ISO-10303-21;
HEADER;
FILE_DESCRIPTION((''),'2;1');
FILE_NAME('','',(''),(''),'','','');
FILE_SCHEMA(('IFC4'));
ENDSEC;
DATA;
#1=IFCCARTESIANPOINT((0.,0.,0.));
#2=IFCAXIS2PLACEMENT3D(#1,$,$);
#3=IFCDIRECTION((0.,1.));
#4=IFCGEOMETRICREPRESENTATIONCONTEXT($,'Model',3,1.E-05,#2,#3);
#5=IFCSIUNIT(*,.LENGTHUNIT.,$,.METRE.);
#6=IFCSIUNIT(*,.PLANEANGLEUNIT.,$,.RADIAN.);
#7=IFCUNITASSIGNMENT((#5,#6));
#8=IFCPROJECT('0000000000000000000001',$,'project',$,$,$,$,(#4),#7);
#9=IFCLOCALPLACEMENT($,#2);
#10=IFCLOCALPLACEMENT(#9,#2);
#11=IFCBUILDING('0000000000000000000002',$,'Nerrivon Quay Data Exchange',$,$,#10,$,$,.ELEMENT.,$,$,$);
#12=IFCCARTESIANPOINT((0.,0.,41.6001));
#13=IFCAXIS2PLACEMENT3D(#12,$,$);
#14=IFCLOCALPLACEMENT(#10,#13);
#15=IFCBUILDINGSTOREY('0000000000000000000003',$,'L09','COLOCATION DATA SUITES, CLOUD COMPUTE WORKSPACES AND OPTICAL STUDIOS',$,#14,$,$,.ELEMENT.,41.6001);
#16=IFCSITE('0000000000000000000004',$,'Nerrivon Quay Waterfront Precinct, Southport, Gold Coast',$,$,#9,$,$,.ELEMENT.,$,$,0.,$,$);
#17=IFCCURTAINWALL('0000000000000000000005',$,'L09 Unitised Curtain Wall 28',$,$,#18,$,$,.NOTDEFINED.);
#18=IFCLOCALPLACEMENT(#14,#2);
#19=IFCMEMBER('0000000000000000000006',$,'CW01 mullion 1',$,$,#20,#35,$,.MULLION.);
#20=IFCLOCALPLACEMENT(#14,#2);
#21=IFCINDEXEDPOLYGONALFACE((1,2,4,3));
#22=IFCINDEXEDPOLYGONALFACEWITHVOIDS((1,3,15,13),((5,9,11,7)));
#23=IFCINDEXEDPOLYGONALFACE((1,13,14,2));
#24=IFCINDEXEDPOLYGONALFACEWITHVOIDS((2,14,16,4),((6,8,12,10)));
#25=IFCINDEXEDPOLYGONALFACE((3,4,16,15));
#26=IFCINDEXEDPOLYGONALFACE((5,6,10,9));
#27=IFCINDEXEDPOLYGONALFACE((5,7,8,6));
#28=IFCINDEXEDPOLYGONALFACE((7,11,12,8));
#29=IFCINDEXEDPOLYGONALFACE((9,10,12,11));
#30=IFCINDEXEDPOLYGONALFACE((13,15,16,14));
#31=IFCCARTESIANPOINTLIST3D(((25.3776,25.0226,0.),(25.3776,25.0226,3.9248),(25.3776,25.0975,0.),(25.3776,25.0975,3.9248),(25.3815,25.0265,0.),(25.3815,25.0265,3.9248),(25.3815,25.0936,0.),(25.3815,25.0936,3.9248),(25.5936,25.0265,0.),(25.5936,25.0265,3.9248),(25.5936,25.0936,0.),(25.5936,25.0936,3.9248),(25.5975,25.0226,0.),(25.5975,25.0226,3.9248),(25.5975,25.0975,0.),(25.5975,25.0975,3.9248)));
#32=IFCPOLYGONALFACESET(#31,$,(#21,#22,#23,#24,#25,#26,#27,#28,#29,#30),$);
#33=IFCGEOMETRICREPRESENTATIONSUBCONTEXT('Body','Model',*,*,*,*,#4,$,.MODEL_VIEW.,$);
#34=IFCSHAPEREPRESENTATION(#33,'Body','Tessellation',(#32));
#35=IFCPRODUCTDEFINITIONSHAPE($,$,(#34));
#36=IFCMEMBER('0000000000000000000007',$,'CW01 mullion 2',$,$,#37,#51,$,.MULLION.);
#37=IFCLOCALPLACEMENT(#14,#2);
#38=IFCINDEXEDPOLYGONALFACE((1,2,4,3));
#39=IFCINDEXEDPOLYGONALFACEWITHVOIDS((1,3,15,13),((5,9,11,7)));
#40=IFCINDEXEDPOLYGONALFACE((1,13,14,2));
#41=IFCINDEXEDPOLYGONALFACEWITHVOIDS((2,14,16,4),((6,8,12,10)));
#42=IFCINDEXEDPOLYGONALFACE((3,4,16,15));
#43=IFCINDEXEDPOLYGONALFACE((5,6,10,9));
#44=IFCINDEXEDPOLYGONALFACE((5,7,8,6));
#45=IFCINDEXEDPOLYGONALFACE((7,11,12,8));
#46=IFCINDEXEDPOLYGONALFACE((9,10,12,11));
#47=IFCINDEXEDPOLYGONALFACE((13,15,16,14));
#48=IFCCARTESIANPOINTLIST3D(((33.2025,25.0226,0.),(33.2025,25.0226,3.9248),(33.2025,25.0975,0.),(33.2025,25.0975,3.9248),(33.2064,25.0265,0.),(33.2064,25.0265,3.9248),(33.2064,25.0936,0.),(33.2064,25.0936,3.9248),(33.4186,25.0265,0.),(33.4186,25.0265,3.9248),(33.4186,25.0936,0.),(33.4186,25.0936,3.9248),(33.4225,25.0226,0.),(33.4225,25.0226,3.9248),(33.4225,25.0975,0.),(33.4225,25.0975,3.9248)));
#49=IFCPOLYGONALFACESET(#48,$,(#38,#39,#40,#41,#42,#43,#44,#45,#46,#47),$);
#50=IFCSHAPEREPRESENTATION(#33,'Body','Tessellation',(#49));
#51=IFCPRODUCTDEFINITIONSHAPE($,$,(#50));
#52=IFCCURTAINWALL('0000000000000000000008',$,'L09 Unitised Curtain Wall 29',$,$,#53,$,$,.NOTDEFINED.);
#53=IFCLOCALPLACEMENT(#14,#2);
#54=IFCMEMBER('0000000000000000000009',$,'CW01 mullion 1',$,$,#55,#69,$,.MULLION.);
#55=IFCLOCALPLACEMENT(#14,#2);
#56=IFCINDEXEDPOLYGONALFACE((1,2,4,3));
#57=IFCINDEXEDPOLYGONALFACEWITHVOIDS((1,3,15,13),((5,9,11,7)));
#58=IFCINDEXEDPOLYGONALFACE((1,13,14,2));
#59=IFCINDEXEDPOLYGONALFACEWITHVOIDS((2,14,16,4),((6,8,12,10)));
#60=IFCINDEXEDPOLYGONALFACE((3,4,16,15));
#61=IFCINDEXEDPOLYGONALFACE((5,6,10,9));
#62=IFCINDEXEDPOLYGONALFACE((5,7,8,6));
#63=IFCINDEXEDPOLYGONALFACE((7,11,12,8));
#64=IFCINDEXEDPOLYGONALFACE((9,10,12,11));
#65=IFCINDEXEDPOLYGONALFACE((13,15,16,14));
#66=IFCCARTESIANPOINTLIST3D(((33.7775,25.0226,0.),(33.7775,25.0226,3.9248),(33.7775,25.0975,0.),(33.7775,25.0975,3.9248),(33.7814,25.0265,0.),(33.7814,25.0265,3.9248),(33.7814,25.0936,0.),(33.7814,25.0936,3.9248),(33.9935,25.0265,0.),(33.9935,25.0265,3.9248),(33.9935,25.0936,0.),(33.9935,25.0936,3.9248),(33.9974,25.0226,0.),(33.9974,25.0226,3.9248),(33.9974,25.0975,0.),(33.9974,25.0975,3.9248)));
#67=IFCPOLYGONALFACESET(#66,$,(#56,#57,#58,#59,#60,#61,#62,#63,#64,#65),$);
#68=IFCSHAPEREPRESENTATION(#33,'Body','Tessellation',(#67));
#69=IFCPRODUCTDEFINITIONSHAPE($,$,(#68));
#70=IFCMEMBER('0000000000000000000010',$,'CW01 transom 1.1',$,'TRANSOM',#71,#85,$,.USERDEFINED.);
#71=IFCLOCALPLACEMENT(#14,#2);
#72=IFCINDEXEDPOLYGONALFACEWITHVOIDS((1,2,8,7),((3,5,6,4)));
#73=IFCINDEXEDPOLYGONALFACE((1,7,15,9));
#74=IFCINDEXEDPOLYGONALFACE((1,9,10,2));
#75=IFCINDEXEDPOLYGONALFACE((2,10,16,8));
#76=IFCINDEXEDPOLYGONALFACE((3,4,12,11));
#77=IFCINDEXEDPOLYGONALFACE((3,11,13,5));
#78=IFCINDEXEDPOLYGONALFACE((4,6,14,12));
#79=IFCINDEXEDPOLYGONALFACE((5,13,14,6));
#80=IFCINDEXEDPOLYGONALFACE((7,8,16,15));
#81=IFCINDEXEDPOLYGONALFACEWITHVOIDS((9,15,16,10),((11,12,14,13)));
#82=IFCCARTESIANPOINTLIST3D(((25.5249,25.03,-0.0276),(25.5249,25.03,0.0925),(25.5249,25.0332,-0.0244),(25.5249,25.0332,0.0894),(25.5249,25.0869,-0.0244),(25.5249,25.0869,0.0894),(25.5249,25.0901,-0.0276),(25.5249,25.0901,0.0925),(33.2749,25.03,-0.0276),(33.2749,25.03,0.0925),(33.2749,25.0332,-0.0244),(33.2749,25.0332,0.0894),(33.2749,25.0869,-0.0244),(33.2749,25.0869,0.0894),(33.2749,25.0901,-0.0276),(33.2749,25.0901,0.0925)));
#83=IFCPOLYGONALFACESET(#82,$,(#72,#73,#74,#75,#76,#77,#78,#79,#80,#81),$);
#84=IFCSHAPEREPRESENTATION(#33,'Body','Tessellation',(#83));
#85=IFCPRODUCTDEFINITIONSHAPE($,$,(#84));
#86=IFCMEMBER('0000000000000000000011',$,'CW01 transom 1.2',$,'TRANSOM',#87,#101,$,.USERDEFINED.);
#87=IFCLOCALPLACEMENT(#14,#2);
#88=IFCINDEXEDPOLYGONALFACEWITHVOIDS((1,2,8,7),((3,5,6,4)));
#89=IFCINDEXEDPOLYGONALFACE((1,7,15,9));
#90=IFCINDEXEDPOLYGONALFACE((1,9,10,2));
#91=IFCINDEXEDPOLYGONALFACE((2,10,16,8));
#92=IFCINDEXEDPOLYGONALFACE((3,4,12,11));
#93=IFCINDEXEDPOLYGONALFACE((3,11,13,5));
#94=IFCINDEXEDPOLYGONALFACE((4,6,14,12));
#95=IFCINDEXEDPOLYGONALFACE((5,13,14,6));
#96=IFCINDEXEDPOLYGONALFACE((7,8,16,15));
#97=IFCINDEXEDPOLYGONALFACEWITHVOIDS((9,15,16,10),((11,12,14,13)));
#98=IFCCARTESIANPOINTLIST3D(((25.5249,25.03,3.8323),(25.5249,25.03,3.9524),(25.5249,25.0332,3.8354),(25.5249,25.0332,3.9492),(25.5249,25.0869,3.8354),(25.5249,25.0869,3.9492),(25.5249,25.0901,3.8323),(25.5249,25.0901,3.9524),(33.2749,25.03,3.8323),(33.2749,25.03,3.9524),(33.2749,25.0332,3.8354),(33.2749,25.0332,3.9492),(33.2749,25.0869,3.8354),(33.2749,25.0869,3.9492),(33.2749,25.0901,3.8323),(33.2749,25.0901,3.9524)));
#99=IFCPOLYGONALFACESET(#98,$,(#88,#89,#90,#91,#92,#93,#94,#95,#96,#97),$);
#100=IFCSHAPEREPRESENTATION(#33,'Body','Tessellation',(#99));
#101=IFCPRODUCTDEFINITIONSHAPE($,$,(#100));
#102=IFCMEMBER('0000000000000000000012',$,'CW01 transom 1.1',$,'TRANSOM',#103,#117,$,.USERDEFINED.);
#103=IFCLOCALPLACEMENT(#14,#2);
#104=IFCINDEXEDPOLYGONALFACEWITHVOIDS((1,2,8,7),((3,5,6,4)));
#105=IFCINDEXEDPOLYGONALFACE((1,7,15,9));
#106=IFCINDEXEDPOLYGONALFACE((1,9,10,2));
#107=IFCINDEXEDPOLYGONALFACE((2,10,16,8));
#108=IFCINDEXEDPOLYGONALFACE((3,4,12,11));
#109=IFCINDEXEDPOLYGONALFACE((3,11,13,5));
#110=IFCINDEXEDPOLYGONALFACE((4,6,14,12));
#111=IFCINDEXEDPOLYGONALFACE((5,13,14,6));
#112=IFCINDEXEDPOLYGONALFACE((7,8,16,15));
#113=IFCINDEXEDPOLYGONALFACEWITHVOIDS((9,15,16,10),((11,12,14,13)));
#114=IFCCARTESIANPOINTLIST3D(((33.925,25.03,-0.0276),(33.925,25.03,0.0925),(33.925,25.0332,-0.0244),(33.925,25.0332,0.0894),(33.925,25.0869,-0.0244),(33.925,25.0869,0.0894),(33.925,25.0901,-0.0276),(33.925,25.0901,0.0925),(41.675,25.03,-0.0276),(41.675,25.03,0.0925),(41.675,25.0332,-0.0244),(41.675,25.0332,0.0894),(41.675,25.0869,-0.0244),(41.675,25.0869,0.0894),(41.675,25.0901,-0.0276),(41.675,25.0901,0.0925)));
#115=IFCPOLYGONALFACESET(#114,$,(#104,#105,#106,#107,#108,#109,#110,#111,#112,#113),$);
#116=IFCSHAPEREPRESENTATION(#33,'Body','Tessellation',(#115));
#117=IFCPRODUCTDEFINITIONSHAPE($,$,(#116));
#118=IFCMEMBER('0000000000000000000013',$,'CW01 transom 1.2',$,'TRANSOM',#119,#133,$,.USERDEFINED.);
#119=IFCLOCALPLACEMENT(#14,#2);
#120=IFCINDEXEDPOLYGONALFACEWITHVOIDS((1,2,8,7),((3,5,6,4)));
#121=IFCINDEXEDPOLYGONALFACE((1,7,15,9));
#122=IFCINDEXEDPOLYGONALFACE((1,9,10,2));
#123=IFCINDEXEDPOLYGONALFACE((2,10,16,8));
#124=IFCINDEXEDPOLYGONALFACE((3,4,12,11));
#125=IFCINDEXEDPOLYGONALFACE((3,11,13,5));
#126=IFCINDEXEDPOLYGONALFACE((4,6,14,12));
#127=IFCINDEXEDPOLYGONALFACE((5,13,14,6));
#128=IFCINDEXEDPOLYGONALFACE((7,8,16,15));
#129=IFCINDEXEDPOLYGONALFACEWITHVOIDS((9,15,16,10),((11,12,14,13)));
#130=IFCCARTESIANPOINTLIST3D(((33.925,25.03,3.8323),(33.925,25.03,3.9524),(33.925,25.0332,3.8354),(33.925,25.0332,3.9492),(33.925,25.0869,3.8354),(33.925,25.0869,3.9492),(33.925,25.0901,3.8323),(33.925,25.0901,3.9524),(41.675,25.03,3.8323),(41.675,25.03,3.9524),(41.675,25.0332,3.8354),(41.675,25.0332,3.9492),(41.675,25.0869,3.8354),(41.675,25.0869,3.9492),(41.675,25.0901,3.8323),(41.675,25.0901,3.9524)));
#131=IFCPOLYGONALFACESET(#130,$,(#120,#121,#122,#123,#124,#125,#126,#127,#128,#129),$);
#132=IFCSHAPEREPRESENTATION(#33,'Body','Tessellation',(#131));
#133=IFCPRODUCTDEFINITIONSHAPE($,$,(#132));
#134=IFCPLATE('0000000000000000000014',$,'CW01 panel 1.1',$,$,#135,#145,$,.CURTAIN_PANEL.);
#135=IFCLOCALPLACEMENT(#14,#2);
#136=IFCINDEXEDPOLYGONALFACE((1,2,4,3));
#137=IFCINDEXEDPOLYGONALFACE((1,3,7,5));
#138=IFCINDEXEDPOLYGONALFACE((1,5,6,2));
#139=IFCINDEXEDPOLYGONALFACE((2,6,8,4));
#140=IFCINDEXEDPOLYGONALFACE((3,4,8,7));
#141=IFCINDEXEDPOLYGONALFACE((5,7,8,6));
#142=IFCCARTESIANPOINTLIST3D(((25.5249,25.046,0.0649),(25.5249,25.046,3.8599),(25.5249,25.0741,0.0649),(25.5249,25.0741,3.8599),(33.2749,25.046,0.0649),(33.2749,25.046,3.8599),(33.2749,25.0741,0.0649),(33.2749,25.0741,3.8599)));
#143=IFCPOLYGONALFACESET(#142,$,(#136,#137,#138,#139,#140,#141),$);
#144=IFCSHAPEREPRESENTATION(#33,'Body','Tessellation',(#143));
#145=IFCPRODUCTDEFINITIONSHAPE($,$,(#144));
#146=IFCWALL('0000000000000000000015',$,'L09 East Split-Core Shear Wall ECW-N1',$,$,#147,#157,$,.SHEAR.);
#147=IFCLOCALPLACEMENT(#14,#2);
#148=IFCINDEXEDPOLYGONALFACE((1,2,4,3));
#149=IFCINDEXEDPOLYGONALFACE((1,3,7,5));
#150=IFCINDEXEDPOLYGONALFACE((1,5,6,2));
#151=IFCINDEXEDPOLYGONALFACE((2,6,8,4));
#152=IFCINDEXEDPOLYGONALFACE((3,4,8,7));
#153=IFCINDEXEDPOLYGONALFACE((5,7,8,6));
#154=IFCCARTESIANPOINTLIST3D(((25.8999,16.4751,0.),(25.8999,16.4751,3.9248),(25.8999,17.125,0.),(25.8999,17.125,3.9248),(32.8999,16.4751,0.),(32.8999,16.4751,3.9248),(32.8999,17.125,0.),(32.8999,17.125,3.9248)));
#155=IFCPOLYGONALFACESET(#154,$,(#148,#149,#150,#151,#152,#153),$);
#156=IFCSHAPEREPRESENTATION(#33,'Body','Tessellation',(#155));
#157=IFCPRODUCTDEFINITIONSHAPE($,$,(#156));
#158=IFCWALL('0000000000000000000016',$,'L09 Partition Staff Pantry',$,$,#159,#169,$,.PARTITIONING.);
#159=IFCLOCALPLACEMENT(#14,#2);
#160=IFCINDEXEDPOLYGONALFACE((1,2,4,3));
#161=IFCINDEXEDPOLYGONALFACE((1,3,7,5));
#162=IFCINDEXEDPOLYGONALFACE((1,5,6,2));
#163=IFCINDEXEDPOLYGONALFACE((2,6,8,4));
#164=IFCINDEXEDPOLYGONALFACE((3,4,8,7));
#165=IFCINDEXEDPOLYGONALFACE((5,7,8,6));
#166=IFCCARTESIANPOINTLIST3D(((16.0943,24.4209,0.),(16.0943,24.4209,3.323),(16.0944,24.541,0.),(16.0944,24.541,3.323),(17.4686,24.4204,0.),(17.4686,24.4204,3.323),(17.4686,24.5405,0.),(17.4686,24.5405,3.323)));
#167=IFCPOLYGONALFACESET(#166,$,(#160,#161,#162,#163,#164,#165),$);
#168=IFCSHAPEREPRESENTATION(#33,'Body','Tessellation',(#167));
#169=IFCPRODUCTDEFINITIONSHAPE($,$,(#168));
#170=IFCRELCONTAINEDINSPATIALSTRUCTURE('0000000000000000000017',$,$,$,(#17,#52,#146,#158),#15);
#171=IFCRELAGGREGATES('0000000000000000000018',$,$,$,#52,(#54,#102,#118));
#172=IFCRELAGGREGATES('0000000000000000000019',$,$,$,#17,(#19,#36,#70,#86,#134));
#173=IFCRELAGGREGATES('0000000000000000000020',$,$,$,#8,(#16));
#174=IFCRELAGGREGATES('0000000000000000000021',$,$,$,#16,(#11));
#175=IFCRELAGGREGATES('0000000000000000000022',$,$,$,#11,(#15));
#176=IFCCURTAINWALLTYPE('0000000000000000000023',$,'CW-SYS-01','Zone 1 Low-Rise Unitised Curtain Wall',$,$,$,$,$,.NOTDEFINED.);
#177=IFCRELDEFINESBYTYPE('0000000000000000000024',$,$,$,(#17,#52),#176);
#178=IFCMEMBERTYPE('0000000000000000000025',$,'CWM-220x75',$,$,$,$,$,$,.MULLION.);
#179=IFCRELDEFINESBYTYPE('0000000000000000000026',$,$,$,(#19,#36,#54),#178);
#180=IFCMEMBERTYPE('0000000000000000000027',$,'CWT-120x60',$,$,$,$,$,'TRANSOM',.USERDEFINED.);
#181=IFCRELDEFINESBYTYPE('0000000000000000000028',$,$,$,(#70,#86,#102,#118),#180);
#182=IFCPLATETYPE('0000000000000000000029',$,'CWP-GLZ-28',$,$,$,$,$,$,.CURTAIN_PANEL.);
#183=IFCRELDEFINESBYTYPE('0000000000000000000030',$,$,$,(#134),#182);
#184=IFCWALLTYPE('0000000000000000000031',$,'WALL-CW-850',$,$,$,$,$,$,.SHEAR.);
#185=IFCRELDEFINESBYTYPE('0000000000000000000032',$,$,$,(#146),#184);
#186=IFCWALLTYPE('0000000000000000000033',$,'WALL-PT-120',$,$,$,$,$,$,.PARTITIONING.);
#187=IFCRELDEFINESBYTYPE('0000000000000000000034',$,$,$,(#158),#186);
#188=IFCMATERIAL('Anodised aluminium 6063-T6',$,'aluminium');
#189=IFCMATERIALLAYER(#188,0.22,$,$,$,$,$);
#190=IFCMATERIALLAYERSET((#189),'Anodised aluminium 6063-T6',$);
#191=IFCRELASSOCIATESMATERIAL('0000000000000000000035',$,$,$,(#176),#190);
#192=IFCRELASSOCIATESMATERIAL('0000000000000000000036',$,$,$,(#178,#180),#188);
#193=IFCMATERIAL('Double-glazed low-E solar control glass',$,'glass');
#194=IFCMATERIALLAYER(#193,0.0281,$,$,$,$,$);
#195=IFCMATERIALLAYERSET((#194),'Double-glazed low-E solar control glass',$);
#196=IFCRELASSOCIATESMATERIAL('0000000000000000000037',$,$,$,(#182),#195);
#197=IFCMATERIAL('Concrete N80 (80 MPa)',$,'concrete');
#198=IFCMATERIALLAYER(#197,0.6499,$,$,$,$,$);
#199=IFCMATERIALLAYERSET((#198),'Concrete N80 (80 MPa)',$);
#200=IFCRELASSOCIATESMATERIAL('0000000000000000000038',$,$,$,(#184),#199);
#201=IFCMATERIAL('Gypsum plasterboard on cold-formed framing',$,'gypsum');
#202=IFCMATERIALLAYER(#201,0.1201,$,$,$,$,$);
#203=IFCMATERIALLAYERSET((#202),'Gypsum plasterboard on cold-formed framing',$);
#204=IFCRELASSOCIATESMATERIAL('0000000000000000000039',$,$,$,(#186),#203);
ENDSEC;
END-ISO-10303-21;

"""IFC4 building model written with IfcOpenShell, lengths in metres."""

from ifc_helpers import new_model, si_unit, direction, frame, frame_2d, origin, origin_2d, place, context, subcontext, project, spatial, rectangle, hollow_rectangle, extrude, material, layer, layer_set, material_profile, profile_set, type_object, element, aggregate, save


model = new_model("IFC4")

# Units and contexts
model_context = context("Model", 3, precision=1e-05, world=origin(), true_north=direction((0.0, 1.0)))
body_context = subcontext(model_context, "Body", "Model", "MODEL_VIEW")
ifc_project = project(units=[si_unit("LENGTHUNIT", "METRE"), si_unit("PLANEANGLEUNIT", "RADIAN")], contexts=[model_context])

# Site, building, storey
site_placement = place(None, origin())
site = spatial("IfcSite", under=ifc_project, at=site_placement, Name="Nerrivon Quay Waterfront Precinct, Southport, Gold Coast", CompositionType="ELEMENT", RefElevation=0.0)
building_placement = place(site_placement, origin())
building = spatial("IfcBuilding", under=site, at=building_placement, Name="Nerrivon Quay Data Exchange", CompositionType="ELEMENT")
storey_placement = place(building_placement, frame((0.0, 0.0, 41.6001)))
storey = spatial("IfcBuildingStorey", under=building, at=storey_placement, Name="L09", Description="COLOCATION DATA SUITES, CLOUD COMPUTE WORKSPACES AND OPTICAL STUDIOS", CompositionType="ELEMENT", Elevation=41.6001)

# Shared definitions
ifc_material_1 = material(Name="Concrete N80 (80 MPa)", Category="concrete")

# Curtain wall, members
ifc_material_2 = material(Name="Anodised aluminium 6063-T6", Category="aluminium")
ifc_layer_1 = layer(ifc_material_2, 0.22)
ifc_layer_set_1 = layer_set([ifc_layer_1], Name="Anodised aluminium 6063-T6")
curtain_wall_type = type_object("IfcCurtainWallType", Name="CW-SYS-01", Description="Zone 1 Low-Rise Unitised Curtain Wall", PredefinedType="NOTDEFINED", material=ifc_layer_set_1)
curtain_wall_1_placement = place(storey_placement, origin())
curtain_wall_1 = element("IfcCurtainWall", 1, at=curtain_wall_1_placement, inside=storey, type_object=curtain_wall_type, Name="L09 Unitised Curtain Wall 28", PredefinedType="NOTDEFINED")
ifc_material_profile_1 = material_profile(ifc_material_2, hollow_rectangle(XDim=0.075, YDim=0.22, WallThickness=0.0039, at=origin_2d()), Name="ALU-MULL-220x75")
ifc_profile_set_1 = profile_set([ifc_material_profile_1], Name="Anodised aluminium 6063-T6")
member_type_1 = type_object("IfcMemberType", Name="CWM-220x75", PredefinedType="MULLION", material=ifc_profile_set_1)
member_1_placement = place(storey_placement, frame((25.4875, 25.0601, 0.0), z_axis=(0.0, 0.0, 1.0), x_axis=(0.0, 1.0, 0.0)))
member_1 = element("IfcMember", 2, at=member_1_placement, type_object=member_type_1, Name="CW01 mullion 1", PredefinedType="MULLION", context=body_context, shape_type="SweptSolid", body=[
    extrude(hollow_rectangle(XDim=0.075, YDim=0.22, WallThickness=0.0039, at=origin_2d()), origin(), (0.0, 0.0, 1.0), 3.9248),
])
member_2_placement = place(storey_placement, frame((33.3125, 25.0601, 0.0), z_axis=(0.0, 0.0, 1.0), x_axis=(0.0, 1.0, 0.0)))
member_2 = element("IfcMember", 3, at=member_2_placement, type_object=member_type_1, Name="CW01 mullion 2", PredefinedType="MULLION", context=body_context, shape_type="SweptSolid", body=[
    extrude(hollow_rectangle(XDim=0.075, YDim=0.22, WallThickness=0.0039, at=origin_2d()), origin(), (0.0, 0.0, 1.0), 3.9248),
])

# Curtain wall, member
curtain_wall_2_placement = place(storey_placement, origin())
curtain_wall_2 = element("IfcCurtainWall", 4, at=curtain_wall_2_placement, inside=storey, type_object=curtain_wall_type, Name="L09 Unitised Curtain Wall 29", PredefinedType="NOTDEFINED")
member_3_placement = place(storey_placement, frame((33.8875, 25.0601, 0.0), z_axis=(0.0, 0.0, 1.0), x_axis=(0.0, 1.0, 0.0)))
member_3 = element("IfcMember", 5, at=member_3_placement, type_object=member_type_1, Name="CW01 mullion 1", PredefinedType="MULLION", context=body_context, shape_type="SweptSolid", body=[
    extrude(hollow_rectangle(XDim=0.075, YDim=0.22, WallThickness=0.0039, at=origin_2d()), origin(), (0.0, 0.0, 1.0), 3.9248),
])

# Members
ifc_material_profile_2 = material_profile(ifc_material_2, hollow_rectangle(XDim=0.0601, YDim=0.1201, WallThickness=0.0032, at=origin_2d()), Name="ALU-TRAN-120x60")
ifc_profile_set_2 = profile_set([ifc_material_profile_2], Name="Anodised aluminium 6063-T6")
member_type_2 = type_object("IfcMemberType", Name="CWT-120x60", ElementType="TRANSOM", PredefinedType="USERDEFINED", material=ifc_profile_set_2)
member_4_placement = place(storey_placement, frame((25.5249, 25.0601, 0.0325), z_axis=(1.0, 0.0, 0.0), x_axis=(0.0, 1.0, 0.0)))
member_4 = element("IfcMember", 6, at=member_4_placement, type_object=member_type_2, Name="CW01 transom 1.1", ObjectType="TRANSOM", PredefinedType="USERDEFINED", context=body_context, shape_type="SweptSolid", body=[
    extrude(hollow_rectangle(XDim=0.0601, YDim=0.1201, WallThickness=0.0032, at=origin_2d()), origin(), (0.0, 0.0, 1.0), 7.75),
])
member_5_placement = place(storey_placement, frame((25.5249, 25.0601, 3.8923), z_axis=(1.0, 0.0, 0.0), x_axis=(0.0, 1.0, 0.0)))
member_5 = element("IfcMember", 7, at=member_5_placement, type_object=member_type_2, Name="CW01 transom 1.2", ObjectType="TRANSOM", PredefinedType="USERDEFINED", context=body_context, shape_type="SweptSolid", body=[
    extrude(hollow_rectangle(XDim=0.0601, YDim=0.1201, WallThickness=0.0032, at=origin_2d()), origin(), (0.0, 0.0, 1.0), 7.75),
])
member_6_placement = place(storey_placement, frame((33.925, 25.0601, 0.0325), z_axis=(1.0, 0.0, 0.0), x_axis=(0.0, 1.0, 0.0)))
member_6 = element("IfcMember", 8, at=member_6_placement, type_object=member_type_2, Name="CW01 transom 1.1", ObjectType="TRANSOM", PredefinedType="USERDEFINED", context=body_context, shape_type="SweptSolid", body=[
    extrude(hollow_rectangle(XDim=0.0601, YDim=0.1201, WallThickness=0.0032, at=origin_2d()), origin(), (0.0, 0.0, 1.0), 7.75),
])
member_7_placement = place(storey_placement, frame((33.925, 25.0601, 3.8923), z_axis=(1.0, 0.0, 0.0), x_axis=(0.0, 1.0, 0.0)))
member_7 = element("IfcMember", 9, at=member_7_placement, type_object=member_type_2, Name="CW01 transom 1.2", ObjectType="TRANSOM", PredefinedType="USERDEFINED", context=body_context, shape_type="SweptSolid", body=[
    extrude(hollow_rectangle(XDim=0.0601, YDim=0.1201, WallThickness=0.0032, at=origin_2d()), origin(), (0.0, 0.0, 1.0), 7.75),
])
aggregate(curtain_wall_2, [member_3, member_6, member_7])

# Plate
ifc_material_3 = material(Name="Double-glazed low-E solar control glass", Category="glass")
ifc_layer_2 = layer(ifc_material_3, 0.0281)
ifc_layer_set_2 = layer_set([ifc_layer_2], Name="Double-glazed low-E solar control glass")
plate_type = type_object("IfcPlateType", Name="CWP-GLZ-28", PredefinedType="CURTAIN_PANEL", material=ifc_layer_set_2)
plate_placement = place(storey_placement, frame((29.3999, 25.0601, 0.0649), z_axis=(0.0, 0.0, 1.0), x_axis=(1.0, 0.0, 0.0)))
plate = element("IfcPlate", 10, at=plate_placement, type_object=plate_type, Name="CW01 panel 1.1", PredefinedType="CURTAIN_PANEL", context=body_context, shape_type="SweptSolid", body=[
    extrude(rectangle(XDim=7.75, YDim=0.0281, at=origin_2d()), origin(), (0.0, 0.0, 1.0), 3.7949),
])
aggregate(curtain_wall_1, [member_1, member_2, member_4, member_5, plate])

# Walls
ifc_layer_3 = layer(ifc_material_1, 0.6499)
ifc_layer_set_3 = layer_set([ifc_layer_3], Name="Concrete N80 (80 MPa)")
wall_type_1 = type_object("IfcWallType", Name="WALL-CW-850", PredefinedType="SHEAR", material=ifc_layer_set_3)
wall_1_placement = place(storey_placement, frame((25.8999, 16.8, 0.0), z_axis=(0.0, 0.0, 1.0), x_axis=(1.0, 0.0, 0.0)))
element("IfcWall", 11, at=wall_1_placement, inside=storey, type_object=wall_type_1, Name="L09 East Split-Core Shear Wall ECW-N1", PredefinedType="SHEAR", context=body_context, shape_type="SweptSolid", body=[
    extrude(rectangle(XDim=7.0, YDim=0.6499, at=frame_2d((3.5, 0.0))), origin(), (0.0, 0.0, 1.0), 3.9248),
])
ifc_material_4 = material(Name="Gypsum plasterboard on cold-formed framing", Category="gypsum")
ifc_layer_4 = layer(ifc_material_4, 0.1201)
ifc_layer_set_4 = layer_set([ifc_layer_4], Name="Gypsum plasterboard on cold-formed framing")
wall_type_2 = type_object("IfcWallType", Name="WALL-PT-120", PredefinedType="PARTITIONING", material=ifc_layer_set_4)
wall_2_placement = place(storey_placement, frame((17.4685, 24.4805, 0.0), z_axis=(0.0, 0.0, 1.0), x_axis=(-1.0, 0.000355, 0.0)))
element("IfcWall", 12, at=wall_2_placement, inside=storey, type_object=wall_type_2, Name="L09 Partition Staff Pantry", PredefinedType="PARTITIONING", context=body_context, shape_type="SweptSolid", body=[
    extrude(rectangle(XDim=1.3743, YDim=0.1201, at=frame_2d((0.687, 0.0))), origin(), (0.0, 0.0, 1.0), 3.323),
])

save(model, "model.ifc")
